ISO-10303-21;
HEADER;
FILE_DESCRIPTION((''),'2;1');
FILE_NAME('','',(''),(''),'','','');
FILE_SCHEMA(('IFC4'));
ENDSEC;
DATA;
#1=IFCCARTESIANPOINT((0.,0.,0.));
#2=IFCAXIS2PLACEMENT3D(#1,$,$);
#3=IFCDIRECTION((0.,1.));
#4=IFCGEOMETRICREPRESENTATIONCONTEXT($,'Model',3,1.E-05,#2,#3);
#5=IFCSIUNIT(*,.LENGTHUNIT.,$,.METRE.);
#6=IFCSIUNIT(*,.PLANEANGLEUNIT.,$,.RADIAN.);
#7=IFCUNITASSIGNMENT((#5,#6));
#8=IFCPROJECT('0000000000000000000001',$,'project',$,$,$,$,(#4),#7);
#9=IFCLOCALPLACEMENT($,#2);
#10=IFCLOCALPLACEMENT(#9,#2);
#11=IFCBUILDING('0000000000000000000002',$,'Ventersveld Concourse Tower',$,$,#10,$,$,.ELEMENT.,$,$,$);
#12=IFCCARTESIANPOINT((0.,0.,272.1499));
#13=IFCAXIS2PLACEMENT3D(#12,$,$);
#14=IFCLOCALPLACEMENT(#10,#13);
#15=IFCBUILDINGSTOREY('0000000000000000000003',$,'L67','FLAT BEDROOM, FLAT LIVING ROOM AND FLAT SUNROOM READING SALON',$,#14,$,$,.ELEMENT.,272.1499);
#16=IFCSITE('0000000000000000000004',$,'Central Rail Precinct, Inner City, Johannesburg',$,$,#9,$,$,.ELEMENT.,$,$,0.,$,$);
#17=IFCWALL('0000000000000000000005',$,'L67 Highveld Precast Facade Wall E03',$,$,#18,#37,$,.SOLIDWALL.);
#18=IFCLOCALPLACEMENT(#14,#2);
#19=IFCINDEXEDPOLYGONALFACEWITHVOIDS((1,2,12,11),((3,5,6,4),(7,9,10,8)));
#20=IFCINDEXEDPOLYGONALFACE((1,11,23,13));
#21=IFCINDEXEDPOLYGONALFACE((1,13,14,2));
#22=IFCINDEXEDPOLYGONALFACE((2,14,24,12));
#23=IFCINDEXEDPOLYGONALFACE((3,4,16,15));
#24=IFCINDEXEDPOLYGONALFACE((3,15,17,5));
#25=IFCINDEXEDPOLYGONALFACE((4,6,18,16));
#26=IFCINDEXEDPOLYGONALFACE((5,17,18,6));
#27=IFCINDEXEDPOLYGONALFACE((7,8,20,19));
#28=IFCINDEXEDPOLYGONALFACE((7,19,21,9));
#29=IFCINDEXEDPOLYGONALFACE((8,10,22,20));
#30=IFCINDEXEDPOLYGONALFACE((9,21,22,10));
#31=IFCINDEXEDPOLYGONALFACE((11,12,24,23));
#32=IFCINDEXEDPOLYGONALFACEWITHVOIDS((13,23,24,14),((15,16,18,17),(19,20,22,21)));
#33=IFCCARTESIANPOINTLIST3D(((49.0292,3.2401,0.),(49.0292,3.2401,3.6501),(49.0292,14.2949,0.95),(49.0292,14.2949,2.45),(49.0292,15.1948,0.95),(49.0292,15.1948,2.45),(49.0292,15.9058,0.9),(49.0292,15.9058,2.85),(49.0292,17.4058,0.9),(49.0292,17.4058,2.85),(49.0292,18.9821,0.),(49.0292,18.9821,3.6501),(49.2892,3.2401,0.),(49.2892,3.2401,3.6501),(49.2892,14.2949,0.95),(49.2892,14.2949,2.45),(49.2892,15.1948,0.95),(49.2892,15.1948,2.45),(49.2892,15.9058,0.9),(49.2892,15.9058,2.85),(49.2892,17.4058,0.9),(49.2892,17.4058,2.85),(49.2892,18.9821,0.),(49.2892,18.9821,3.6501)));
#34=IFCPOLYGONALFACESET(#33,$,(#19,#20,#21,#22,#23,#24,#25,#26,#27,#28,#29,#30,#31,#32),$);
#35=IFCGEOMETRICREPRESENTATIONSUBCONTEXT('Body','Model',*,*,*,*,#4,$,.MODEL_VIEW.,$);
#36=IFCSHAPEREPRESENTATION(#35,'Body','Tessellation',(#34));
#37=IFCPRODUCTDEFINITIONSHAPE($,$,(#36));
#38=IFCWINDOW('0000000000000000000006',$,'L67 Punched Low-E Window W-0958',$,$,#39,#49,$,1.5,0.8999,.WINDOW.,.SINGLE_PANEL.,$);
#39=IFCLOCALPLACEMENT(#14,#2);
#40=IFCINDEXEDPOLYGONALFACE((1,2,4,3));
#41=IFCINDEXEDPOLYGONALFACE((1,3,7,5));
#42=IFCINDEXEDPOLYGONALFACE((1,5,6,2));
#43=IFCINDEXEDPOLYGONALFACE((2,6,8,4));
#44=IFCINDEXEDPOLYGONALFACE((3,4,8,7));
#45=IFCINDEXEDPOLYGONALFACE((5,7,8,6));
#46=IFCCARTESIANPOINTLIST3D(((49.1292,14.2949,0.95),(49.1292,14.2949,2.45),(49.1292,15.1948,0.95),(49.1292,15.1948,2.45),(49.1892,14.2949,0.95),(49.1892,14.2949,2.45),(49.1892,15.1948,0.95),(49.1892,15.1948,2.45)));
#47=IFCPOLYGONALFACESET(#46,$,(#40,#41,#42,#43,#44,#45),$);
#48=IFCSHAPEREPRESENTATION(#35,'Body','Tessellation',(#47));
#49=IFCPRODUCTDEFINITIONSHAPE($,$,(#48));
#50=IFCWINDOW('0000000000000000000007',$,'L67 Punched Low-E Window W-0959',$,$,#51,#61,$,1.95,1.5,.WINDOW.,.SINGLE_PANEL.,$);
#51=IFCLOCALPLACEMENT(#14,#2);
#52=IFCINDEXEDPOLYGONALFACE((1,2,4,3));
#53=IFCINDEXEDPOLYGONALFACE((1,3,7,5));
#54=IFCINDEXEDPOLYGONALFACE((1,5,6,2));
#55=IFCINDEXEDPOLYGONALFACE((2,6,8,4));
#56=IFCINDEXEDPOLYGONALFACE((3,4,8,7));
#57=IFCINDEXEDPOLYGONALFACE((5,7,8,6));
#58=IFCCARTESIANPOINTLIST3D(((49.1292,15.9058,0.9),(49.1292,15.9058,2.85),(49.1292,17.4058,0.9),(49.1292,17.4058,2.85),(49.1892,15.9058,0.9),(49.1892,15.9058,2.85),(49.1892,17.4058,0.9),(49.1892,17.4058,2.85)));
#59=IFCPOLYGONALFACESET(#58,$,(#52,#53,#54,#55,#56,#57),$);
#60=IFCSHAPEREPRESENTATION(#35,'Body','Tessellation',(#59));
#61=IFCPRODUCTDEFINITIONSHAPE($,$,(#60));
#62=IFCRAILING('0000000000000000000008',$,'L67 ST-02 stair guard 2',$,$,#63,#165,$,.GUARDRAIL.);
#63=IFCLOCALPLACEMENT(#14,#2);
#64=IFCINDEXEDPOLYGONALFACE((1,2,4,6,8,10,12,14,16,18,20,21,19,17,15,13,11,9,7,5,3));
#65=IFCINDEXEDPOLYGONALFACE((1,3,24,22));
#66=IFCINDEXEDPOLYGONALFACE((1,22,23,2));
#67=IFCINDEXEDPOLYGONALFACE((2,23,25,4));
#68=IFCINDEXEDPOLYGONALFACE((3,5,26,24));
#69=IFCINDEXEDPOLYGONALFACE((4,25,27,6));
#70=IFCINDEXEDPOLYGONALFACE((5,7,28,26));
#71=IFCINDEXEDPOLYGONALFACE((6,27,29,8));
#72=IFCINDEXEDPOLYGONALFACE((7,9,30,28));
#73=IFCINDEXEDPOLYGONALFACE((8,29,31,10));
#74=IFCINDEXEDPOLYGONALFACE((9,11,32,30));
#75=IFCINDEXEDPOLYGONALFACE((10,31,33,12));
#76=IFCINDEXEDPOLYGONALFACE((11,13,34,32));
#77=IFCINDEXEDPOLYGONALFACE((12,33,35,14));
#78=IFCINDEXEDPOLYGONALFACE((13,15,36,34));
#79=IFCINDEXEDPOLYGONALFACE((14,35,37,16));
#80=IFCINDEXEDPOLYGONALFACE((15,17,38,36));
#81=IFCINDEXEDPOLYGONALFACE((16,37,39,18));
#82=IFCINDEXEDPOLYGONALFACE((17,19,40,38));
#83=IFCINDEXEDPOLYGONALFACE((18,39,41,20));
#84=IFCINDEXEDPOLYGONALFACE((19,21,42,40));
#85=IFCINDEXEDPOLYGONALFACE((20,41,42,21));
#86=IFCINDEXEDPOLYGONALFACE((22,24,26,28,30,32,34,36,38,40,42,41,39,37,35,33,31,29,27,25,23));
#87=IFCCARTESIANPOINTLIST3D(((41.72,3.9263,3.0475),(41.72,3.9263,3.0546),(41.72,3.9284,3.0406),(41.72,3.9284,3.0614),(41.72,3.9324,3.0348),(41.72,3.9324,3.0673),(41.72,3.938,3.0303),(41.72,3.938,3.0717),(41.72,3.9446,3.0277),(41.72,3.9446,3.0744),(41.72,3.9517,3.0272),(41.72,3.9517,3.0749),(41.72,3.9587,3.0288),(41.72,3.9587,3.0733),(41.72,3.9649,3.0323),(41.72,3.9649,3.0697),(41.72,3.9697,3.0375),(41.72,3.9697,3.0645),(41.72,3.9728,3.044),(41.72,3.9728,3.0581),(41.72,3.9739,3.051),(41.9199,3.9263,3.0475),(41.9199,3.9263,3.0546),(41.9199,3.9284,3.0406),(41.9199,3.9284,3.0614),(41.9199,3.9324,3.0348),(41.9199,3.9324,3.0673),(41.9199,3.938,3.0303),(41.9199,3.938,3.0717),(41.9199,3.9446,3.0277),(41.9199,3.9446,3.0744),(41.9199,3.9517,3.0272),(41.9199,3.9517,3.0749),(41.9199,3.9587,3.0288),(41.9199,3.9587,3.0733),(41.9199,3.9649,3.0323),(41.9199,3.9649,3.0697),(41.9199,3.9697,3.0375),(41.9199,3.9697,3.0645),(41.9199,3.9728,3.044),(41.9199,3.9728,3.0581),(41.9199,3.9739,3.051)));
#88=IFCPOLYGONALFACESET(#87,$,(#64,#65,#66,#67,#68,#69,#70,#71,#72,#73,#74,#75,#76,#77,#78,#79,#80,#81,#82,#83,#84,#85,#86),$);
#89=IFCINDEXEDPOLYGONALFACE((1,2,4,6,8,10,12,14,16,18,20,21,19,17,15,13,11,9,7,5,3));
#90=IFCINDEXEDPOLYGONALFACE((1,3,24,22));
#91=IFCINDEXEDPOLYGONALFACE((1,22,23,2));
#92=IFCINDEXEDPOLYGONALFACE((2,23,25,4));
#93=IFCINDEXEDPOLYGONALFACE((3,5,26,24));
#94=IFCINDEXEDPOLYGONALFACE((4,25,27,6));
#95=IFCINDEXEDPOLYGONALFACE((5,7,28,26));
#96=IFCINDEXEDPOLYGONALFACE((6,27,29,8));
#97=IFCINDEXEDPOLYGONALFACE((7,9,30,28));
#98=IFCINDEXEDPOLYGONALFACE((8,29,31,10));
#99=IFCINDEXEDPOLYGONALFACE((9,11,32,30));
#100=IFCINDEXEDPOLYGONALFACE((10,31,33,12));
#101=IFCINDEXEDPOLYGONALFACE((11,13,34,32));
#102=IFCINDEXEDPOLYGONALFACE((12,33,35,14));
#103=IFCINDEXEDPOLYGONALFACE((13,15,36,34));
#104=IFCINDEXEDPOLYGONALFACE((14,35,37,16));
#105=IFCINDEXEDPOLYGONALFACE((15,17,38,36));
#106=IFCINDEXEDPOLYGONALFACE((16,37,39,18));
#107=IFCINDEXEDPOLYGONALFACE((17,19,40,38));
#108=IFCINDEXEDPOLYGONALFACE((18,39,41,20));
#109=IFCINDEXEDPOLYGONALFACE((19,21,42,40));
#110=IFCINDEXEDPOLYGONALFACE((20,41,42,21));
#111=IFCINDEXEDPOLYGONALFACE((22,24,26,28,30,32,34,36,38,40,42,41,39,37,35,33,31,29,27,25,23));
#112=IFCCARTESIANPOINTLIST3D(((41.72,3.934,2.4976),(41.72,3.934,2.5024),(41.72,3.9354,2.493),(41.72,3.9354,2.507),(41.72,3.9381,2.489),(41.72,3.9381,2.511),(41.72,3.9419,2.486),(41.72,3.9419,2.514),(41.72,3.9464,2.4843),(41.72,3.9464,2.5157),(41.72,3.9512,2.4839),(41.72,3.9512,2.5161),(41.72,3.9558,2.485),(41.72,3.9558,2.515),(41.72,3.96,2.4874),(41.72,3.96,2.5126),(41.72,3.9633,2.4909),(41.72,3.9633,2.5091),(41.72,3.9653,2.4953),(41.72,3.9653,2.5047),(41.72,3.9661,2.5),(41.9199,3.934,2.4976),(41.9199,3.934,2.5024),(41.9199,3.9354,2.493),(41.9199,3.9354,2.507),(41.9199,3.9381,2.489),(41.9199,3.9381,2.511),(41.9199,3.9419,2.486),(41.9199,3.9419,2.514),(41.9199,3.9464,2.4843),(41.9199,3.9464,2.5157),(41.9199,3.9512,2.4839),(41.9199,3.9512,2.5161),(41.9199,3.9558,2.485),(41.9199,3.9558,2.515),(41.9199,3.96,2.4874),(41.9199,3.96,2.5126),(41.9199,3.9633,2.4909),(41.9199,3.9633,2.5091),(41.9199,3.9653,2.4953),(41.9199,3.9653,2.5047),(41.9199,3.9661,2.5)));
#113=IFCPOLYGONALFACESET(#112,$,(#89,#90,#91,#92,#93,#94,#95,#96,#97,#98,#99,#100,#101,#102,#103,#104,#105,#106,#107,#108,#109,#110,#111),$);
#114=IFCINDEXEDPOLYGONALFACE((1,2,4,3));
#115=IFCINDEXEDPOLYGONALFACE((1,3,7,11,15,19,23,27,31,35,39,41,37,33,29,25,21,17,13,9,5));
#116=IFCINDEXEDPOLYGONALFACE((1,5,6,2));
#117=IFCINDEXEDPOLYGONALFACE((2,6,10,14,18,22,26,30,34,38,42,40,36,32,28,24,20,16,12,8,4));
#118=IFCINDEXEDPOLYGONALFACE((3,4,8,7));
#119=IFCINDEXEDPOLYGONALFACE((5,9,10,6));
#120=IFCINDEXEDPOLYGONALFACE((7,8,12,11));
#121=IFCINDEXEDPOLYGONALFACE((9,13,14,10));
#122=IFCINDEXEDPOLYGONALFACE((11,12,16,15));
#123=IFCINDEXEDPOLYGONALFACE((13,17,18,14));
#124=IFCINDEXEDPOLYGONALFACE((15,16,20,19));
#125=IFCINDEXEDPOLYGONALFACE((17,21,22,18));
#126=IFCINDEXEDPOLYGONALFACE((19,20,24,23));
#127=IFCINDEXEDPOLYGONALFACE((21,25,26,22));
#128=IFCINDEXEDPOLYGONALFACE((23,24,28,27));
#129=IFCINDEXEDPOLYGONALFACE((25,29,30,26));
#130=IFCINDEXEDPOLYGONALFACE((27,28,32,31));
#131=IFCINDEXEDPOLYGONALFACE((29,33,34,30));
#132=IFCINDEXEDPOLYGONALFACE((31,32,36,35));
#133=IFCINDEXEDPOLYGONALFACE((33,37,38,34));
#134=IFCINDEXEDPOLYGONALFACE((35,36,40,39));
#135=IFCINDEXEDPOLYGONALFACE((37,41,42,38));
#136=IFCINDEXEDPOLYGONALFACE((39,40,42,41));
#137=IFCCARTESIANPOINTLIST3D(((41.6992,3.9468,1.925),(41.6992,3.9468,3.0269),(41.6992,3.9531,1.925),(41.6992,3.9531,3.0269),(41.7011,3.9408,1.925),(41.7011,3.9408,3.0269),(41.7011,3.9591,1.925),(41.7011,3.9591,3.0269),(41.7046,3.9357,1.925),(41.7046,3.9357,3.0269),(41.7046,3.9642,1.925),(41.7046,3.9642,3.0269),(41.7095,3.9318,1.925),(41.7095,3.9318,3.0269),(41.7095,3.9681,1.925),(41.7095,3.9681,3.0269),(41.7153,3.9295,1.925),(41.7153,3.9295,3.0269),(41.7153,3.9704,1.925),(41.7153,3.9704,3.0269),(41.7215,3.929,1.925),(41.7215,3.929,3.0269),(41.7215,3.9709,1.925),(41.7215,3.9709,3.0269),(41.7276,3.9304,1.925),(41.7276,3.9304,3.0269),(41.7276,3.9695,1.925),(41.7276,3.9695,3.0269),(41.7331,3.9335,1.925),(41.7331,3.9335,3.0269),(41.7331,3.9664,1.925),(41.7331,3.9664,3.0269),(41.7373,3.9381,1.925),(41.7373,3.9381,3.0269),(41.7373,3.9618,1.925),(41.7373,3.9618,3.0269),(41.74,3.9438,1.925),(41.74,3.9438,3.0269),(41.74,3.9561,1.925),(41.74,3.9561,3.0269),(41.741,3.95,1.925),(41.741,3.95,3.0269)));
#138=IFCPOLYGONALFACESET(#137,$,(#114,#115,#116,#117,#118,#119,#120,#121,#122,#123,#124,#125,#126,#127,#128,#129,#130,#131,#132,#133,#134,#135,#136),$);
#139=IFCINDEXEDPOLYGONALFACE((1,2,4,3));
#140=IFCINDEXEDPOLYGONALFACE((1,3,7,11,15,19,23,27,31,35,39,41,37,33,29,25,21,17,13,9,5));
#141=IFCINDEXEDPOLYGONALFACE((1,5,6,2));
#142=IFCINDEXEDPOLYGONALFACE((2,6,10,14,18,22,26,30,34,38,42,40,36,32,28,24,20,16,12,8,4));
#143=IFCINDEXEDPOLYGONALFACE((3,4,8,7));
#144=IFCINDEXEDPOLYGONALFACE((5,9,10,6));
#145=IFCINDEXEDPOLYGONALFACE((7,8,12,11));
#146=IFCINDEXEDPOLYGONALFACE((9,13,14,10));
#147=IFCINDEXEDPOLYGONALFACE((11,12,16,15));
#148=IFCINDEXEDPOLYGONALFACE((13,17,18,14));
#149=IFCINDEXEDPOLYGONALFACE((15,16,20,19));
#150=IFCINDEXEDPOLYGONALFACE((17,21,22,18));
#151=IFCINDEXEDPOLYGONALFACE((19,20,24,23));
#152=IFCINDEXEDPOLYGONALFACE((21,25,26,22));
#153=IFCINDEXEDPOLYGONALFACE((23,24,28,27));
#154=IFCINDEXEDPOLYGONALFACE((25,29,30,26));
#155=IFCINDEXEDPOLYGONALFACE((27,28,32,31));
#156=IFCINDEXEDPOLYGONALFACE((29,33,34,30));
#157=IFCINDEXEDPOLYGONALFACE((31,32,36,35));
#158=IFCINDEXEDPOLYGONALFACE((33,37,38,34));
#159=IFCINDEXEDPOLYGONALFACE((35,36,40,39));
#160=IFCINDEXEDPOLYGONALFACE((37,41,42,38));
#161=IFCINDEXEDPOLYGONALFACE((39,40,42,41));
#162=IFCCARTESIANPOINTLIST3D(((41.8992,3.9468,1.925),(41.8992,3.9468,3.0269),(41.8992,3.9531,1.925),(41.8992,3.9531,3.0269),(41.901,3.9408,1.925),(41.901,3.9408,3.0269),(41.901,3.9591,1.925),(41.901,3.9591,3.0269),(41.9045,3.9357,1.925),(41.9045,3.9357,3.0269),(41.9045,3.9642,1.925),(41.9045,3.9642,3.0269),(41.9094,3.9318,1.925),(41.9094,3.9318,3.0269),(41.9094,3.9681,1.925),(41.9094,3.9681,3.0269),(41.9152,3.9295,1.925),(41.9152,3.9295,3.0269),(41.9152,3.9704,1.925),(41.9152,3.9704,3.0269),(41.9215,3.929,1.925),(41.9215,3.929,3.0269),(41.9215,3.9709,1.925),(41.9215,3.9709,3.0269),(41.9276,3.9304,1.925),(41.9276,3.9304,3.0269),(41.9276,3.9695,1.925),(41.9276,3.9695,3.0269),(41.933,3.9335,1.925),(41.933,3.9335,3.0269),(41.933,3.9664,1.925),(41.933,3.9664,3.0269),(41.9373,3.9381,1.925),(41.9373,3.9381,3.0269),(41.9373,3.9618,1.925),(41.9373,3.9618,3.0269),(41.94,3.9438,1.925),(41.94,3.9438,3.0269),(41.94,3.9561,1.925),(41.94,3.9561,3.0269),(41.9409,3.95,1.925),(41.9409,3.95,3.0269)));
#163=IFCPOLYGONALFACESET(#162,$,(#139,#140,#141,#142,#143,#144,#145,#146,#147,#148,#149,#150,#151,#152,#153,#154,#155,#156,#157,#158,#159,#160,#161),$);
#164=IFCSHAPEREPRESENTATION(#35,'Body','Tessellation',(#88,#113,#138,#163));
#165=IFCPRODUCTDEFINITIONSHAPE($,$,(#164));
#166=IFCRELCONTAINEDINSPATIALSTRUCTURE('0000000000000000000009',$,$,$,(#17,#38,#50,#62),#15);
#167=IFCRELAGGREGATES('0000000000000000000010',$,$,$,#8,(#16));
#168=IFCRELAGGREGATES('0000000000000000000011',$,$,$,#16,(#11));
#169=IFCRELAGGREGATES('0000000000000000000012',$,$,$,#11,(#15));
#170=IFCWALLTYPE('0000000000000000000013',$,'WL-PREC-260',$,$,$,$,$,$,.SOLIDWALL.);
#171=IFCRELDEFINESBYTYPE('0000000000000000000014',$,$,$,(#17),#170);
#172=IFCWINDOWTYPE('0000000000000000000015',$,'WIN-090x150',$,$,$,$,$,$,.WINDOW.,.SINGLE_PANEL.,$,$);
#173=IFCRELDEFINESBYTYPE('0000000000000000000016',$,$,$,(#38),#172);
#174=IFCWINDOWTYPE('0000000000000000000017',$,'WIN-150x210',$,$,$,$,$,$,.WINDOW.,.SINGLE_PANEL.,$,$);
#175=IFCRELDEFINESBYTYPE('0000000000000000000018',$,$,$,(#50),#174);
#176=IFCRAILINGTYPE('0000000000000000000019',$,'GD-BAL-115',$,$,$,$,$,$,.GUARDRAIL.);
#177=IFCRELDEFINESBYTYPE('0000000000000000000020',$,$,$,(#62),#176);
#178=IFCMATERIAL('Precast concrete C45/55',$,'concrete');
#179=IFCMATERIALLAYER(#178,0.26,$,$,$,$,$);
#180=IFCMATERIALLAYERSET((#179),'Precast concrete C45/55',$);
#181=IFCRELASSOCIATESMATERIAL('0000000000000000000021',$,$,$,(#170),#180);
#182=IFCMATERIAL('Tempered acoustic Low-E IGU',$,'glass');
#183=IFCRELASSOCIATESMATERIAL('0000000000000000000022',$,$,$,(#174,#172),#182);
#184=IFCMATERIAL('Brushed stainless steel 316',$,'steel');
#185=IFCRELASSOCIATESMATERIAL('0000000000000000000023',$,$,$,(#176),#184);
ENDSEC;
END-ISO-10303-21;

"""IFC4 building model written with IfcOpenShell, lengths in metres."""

from ifc_helpers import new_model, si_unit, direction, frame, frame_2d, origin, origin_2d, place, context, subcontext, project, spatial, rectangle, circle, extrude, material, layer, layer_set, type_object, element, fill, save


model = new_model("IFC4")

# Units and contexts
model_context = context("Model", 3, precision=1e-05, world=origin(), true_north=direction((0.0, 1.0)))
body_context = subcontext(model_context, "Body", "Model", "MODEL_VIEW")
ifc_project = project(units=[si_unit("LENGTHUNIT", "METRE"), si_unit("PLANEANGLEUNIT", "RADIAN")], contexts=[model_context])

# Site, building, storey
site_placement = place(None, origin())
site = spatial("IfcSite", under=ifc_project, at=site_placement, Name="Central Rail Precinct, Inner City, Johannesburg", CompositionType="ELEMENT", RefElevation=0.0)
building_placement = place(site_placement, origin())
building = spatial("IfcBuilding", under=site, at=building_placement, Name="Ventersveld Concourse Tower", CompositionType="ELEMENT")
storey_placement = place(building_placement, frame((0.0, 0.0, 272.1499)))
storey = spatial("IfcBuildingStorey", under=building, at=storey_placement, Name="L67", Description="FLAT BEDROOM, FLAT LIVING ROOM AND FLAT SUNROOM READING SALON", CompositionType="ELEMENT", Elevation=272.1499)

# Shared definitions
ifc_material_1 = material(Name="Precast concrete C45/55", Category="concrete")
ifc_layer_1 = layer(ifc_material_1, 0.26)
ifc_layer_set_1 = layer_set([ifc_layer_1], Name="Precast concrete C45/55")
wall_type_1 = type_object("IfcWallType", Name="WL-PREC-260", PredefinedType="SOLIDWALL", material=ifc_layer_set_1)

# Shared definitions
ifc_material_2 = material(Name="Tempered acoustic Low-E IGU", Category="glass")
window_type_1 = type_object("IfcWindowType", Name="WIN-150x210", PartitioningType="SINGLE_PANEL", PredefinedType="WINDOW", material=ifc_material_2)

# Wall, openings, windows
wall_1_placement = place(storey_placement, frame((49.1592, 3.24, 0.0), z_axis=(0.0, 0.0, 1.0), x_axis=(0.0, 1.0, 0.0)))
wall_1 = element("IfcWall", 1, at=wall_1_placement, inside=storey, type_object=wall_type_1, Name="L67 Highveld Precast Facade Wall E03", PredefinedType="SOLIDWALL", context=body_context, shape_type="SweptSolid", body=[
    extrude(rectangle(XDim=15.7419, YDim=0.26, at=frame_2d((7.8711, 0.0))), origin(), (0.0, 0.0, 1.0), 3.6501),
])
opening_1_placement = place(wall_1_placement, frame((11.0549, 0.0, 0.95)))
opening_1 = element("IfcOpeningElement", 2, at=opening_1_placement, cuts=wall_1, PredefinedType="OPENING", context=body_context, shape_type="SweptSolid", body=[
    extrude(rectangle(XDim=0.8999, YDim=1.5, at=frame_2d((0.45, 0.75))), frame((0.0, 0.1401, 0.0), z_axis=(0.0, -1.0, 0.0), x_axis=(1.0, 0.0, 0.0)), (0.0, 0.0, 1.0), 0.28),
])
opening_2_placement = place(wall_1_placement, frame((12.6658, 0.0, 0.8999)))
opening_2 = element("IfcOpeningElement", 3, at=opening_2_placement, cuts=wall_1, PredefinedType="OPENING", context=body_context, shape_type="SweptSolid", body=[
    extrude(rectangle(XDim=1.5, YDim=1.95, at=frame_2d((0.75, 0.9751))), frame((0.0, 0.1401, 0.0), z_axis=(0.0, -1.0, 0.0), x_axis=(1.0, 0.0, 0.0)), (0.0, 0.0, 1.0), 0.28),
])
window_type_2 = type_object("IfcWindowType", Name="WIN-090x150", PartitioningType="SINGLE_PANEL", PredefinedType="WINDOW", material=ifc_material_2)
window_1_placement = place(opening_1_placement, origin())
window_1 = element("IfcWindow", 4, at=window_1_placement, inside=storey, type_object=window_type_2, Name="L67 Punched Low-E Window W-0958", OverallHeight=1.5, OverallWidth=0.8999, PartitioningType="SINGLE_PANEL", PredefinedType="WINDOW", context=body_context, shape_type="SweptSolid", body=[
    extrude(rectangle(XDim=0.8999, YDim=1.5, at=frame_2d((0.45, 0.75))), frame((0.0, 0.03, 0.0), z_axis=(0.0, -1.0, 0.0), x_axis=(1.0, 0.0, 0.0)), (0.0, 0.0, 1.0), 0.0601),
])
fill(opening_1, window_1)
window_2_placement = place(opening_2_placement, origin())
window_2 = element("IfcWindow", 5, at=window_2_placement, inside=storey, type_object=window_type_1, Name="L67 Punched Low-E Window W-0959", OverallHeight=1.95, OverallWidth=1.5, PartitioningType="SINGLE_PANEL", PredefinedType="WINDOW", context=body_context, shape_type="SweptSolid", body=[
    extrude(rectangle(XDim=1.5, YDim=1.95, at=frame_2d((0.75, 0.9751))), frame((0.0, 0.03, 0.0), z_axis=(0.0, -1.0, 0.0), x_axis=(1.0, 0.0, 0.0)), (0.0, 0.0, 1.0), 0.0601),
])
fill(opening_2, window_2)

# Railing
ifc_material_3 = material(Name="Brushed stainless steel 316", Category="steel")
railing_type = type_object("IfcRailingType", Name="GD-BAL-115", PredefinedType="GUARDRAIL", material=ifc_material_3)
railing_1_placement = place(storey_placement, frame((41.72, 3.95, 1.925)))
element("IfcRailing", 6, at=railing_1_placement, inside=storey, type_object=railing_type, Name="L67 ST-02 stair guard 2", PredefinedType="GUARDRAIL", context=body_context, shape_type="SweptSolid", body=[
    extrude(circle(Radius=0.0239, at=origin_2d()), frame((0.0, 0.0, 1.126), z_axis=(1.0, 0.0, 0.0), x_axis=(0.0, 1.0, 0.0)), (0.0, 0.0, 1.0), 0.2),
    extrude(circle(Radius=0.0161, at=origin_2d()), frame((0.0, 0.0, 0.575), z_axis=(1.0, 0.0, 0.0), x_axis=(0.0, 1.0, 0.0)), (0.0, 0.0, 1.0), 0.2),
    extrude(circle(Radius=0.021, at=origin_2d()), origin(), (0.0, 0.0, 1.0), 1.1018),
    extrude(circle(Radius=0.021, at=origin_2d()), frame((0.2, 0.0, 0.0)), (0.0, 0.0, 1.0), 1.1018),
])

save(model, "model.ifc")
